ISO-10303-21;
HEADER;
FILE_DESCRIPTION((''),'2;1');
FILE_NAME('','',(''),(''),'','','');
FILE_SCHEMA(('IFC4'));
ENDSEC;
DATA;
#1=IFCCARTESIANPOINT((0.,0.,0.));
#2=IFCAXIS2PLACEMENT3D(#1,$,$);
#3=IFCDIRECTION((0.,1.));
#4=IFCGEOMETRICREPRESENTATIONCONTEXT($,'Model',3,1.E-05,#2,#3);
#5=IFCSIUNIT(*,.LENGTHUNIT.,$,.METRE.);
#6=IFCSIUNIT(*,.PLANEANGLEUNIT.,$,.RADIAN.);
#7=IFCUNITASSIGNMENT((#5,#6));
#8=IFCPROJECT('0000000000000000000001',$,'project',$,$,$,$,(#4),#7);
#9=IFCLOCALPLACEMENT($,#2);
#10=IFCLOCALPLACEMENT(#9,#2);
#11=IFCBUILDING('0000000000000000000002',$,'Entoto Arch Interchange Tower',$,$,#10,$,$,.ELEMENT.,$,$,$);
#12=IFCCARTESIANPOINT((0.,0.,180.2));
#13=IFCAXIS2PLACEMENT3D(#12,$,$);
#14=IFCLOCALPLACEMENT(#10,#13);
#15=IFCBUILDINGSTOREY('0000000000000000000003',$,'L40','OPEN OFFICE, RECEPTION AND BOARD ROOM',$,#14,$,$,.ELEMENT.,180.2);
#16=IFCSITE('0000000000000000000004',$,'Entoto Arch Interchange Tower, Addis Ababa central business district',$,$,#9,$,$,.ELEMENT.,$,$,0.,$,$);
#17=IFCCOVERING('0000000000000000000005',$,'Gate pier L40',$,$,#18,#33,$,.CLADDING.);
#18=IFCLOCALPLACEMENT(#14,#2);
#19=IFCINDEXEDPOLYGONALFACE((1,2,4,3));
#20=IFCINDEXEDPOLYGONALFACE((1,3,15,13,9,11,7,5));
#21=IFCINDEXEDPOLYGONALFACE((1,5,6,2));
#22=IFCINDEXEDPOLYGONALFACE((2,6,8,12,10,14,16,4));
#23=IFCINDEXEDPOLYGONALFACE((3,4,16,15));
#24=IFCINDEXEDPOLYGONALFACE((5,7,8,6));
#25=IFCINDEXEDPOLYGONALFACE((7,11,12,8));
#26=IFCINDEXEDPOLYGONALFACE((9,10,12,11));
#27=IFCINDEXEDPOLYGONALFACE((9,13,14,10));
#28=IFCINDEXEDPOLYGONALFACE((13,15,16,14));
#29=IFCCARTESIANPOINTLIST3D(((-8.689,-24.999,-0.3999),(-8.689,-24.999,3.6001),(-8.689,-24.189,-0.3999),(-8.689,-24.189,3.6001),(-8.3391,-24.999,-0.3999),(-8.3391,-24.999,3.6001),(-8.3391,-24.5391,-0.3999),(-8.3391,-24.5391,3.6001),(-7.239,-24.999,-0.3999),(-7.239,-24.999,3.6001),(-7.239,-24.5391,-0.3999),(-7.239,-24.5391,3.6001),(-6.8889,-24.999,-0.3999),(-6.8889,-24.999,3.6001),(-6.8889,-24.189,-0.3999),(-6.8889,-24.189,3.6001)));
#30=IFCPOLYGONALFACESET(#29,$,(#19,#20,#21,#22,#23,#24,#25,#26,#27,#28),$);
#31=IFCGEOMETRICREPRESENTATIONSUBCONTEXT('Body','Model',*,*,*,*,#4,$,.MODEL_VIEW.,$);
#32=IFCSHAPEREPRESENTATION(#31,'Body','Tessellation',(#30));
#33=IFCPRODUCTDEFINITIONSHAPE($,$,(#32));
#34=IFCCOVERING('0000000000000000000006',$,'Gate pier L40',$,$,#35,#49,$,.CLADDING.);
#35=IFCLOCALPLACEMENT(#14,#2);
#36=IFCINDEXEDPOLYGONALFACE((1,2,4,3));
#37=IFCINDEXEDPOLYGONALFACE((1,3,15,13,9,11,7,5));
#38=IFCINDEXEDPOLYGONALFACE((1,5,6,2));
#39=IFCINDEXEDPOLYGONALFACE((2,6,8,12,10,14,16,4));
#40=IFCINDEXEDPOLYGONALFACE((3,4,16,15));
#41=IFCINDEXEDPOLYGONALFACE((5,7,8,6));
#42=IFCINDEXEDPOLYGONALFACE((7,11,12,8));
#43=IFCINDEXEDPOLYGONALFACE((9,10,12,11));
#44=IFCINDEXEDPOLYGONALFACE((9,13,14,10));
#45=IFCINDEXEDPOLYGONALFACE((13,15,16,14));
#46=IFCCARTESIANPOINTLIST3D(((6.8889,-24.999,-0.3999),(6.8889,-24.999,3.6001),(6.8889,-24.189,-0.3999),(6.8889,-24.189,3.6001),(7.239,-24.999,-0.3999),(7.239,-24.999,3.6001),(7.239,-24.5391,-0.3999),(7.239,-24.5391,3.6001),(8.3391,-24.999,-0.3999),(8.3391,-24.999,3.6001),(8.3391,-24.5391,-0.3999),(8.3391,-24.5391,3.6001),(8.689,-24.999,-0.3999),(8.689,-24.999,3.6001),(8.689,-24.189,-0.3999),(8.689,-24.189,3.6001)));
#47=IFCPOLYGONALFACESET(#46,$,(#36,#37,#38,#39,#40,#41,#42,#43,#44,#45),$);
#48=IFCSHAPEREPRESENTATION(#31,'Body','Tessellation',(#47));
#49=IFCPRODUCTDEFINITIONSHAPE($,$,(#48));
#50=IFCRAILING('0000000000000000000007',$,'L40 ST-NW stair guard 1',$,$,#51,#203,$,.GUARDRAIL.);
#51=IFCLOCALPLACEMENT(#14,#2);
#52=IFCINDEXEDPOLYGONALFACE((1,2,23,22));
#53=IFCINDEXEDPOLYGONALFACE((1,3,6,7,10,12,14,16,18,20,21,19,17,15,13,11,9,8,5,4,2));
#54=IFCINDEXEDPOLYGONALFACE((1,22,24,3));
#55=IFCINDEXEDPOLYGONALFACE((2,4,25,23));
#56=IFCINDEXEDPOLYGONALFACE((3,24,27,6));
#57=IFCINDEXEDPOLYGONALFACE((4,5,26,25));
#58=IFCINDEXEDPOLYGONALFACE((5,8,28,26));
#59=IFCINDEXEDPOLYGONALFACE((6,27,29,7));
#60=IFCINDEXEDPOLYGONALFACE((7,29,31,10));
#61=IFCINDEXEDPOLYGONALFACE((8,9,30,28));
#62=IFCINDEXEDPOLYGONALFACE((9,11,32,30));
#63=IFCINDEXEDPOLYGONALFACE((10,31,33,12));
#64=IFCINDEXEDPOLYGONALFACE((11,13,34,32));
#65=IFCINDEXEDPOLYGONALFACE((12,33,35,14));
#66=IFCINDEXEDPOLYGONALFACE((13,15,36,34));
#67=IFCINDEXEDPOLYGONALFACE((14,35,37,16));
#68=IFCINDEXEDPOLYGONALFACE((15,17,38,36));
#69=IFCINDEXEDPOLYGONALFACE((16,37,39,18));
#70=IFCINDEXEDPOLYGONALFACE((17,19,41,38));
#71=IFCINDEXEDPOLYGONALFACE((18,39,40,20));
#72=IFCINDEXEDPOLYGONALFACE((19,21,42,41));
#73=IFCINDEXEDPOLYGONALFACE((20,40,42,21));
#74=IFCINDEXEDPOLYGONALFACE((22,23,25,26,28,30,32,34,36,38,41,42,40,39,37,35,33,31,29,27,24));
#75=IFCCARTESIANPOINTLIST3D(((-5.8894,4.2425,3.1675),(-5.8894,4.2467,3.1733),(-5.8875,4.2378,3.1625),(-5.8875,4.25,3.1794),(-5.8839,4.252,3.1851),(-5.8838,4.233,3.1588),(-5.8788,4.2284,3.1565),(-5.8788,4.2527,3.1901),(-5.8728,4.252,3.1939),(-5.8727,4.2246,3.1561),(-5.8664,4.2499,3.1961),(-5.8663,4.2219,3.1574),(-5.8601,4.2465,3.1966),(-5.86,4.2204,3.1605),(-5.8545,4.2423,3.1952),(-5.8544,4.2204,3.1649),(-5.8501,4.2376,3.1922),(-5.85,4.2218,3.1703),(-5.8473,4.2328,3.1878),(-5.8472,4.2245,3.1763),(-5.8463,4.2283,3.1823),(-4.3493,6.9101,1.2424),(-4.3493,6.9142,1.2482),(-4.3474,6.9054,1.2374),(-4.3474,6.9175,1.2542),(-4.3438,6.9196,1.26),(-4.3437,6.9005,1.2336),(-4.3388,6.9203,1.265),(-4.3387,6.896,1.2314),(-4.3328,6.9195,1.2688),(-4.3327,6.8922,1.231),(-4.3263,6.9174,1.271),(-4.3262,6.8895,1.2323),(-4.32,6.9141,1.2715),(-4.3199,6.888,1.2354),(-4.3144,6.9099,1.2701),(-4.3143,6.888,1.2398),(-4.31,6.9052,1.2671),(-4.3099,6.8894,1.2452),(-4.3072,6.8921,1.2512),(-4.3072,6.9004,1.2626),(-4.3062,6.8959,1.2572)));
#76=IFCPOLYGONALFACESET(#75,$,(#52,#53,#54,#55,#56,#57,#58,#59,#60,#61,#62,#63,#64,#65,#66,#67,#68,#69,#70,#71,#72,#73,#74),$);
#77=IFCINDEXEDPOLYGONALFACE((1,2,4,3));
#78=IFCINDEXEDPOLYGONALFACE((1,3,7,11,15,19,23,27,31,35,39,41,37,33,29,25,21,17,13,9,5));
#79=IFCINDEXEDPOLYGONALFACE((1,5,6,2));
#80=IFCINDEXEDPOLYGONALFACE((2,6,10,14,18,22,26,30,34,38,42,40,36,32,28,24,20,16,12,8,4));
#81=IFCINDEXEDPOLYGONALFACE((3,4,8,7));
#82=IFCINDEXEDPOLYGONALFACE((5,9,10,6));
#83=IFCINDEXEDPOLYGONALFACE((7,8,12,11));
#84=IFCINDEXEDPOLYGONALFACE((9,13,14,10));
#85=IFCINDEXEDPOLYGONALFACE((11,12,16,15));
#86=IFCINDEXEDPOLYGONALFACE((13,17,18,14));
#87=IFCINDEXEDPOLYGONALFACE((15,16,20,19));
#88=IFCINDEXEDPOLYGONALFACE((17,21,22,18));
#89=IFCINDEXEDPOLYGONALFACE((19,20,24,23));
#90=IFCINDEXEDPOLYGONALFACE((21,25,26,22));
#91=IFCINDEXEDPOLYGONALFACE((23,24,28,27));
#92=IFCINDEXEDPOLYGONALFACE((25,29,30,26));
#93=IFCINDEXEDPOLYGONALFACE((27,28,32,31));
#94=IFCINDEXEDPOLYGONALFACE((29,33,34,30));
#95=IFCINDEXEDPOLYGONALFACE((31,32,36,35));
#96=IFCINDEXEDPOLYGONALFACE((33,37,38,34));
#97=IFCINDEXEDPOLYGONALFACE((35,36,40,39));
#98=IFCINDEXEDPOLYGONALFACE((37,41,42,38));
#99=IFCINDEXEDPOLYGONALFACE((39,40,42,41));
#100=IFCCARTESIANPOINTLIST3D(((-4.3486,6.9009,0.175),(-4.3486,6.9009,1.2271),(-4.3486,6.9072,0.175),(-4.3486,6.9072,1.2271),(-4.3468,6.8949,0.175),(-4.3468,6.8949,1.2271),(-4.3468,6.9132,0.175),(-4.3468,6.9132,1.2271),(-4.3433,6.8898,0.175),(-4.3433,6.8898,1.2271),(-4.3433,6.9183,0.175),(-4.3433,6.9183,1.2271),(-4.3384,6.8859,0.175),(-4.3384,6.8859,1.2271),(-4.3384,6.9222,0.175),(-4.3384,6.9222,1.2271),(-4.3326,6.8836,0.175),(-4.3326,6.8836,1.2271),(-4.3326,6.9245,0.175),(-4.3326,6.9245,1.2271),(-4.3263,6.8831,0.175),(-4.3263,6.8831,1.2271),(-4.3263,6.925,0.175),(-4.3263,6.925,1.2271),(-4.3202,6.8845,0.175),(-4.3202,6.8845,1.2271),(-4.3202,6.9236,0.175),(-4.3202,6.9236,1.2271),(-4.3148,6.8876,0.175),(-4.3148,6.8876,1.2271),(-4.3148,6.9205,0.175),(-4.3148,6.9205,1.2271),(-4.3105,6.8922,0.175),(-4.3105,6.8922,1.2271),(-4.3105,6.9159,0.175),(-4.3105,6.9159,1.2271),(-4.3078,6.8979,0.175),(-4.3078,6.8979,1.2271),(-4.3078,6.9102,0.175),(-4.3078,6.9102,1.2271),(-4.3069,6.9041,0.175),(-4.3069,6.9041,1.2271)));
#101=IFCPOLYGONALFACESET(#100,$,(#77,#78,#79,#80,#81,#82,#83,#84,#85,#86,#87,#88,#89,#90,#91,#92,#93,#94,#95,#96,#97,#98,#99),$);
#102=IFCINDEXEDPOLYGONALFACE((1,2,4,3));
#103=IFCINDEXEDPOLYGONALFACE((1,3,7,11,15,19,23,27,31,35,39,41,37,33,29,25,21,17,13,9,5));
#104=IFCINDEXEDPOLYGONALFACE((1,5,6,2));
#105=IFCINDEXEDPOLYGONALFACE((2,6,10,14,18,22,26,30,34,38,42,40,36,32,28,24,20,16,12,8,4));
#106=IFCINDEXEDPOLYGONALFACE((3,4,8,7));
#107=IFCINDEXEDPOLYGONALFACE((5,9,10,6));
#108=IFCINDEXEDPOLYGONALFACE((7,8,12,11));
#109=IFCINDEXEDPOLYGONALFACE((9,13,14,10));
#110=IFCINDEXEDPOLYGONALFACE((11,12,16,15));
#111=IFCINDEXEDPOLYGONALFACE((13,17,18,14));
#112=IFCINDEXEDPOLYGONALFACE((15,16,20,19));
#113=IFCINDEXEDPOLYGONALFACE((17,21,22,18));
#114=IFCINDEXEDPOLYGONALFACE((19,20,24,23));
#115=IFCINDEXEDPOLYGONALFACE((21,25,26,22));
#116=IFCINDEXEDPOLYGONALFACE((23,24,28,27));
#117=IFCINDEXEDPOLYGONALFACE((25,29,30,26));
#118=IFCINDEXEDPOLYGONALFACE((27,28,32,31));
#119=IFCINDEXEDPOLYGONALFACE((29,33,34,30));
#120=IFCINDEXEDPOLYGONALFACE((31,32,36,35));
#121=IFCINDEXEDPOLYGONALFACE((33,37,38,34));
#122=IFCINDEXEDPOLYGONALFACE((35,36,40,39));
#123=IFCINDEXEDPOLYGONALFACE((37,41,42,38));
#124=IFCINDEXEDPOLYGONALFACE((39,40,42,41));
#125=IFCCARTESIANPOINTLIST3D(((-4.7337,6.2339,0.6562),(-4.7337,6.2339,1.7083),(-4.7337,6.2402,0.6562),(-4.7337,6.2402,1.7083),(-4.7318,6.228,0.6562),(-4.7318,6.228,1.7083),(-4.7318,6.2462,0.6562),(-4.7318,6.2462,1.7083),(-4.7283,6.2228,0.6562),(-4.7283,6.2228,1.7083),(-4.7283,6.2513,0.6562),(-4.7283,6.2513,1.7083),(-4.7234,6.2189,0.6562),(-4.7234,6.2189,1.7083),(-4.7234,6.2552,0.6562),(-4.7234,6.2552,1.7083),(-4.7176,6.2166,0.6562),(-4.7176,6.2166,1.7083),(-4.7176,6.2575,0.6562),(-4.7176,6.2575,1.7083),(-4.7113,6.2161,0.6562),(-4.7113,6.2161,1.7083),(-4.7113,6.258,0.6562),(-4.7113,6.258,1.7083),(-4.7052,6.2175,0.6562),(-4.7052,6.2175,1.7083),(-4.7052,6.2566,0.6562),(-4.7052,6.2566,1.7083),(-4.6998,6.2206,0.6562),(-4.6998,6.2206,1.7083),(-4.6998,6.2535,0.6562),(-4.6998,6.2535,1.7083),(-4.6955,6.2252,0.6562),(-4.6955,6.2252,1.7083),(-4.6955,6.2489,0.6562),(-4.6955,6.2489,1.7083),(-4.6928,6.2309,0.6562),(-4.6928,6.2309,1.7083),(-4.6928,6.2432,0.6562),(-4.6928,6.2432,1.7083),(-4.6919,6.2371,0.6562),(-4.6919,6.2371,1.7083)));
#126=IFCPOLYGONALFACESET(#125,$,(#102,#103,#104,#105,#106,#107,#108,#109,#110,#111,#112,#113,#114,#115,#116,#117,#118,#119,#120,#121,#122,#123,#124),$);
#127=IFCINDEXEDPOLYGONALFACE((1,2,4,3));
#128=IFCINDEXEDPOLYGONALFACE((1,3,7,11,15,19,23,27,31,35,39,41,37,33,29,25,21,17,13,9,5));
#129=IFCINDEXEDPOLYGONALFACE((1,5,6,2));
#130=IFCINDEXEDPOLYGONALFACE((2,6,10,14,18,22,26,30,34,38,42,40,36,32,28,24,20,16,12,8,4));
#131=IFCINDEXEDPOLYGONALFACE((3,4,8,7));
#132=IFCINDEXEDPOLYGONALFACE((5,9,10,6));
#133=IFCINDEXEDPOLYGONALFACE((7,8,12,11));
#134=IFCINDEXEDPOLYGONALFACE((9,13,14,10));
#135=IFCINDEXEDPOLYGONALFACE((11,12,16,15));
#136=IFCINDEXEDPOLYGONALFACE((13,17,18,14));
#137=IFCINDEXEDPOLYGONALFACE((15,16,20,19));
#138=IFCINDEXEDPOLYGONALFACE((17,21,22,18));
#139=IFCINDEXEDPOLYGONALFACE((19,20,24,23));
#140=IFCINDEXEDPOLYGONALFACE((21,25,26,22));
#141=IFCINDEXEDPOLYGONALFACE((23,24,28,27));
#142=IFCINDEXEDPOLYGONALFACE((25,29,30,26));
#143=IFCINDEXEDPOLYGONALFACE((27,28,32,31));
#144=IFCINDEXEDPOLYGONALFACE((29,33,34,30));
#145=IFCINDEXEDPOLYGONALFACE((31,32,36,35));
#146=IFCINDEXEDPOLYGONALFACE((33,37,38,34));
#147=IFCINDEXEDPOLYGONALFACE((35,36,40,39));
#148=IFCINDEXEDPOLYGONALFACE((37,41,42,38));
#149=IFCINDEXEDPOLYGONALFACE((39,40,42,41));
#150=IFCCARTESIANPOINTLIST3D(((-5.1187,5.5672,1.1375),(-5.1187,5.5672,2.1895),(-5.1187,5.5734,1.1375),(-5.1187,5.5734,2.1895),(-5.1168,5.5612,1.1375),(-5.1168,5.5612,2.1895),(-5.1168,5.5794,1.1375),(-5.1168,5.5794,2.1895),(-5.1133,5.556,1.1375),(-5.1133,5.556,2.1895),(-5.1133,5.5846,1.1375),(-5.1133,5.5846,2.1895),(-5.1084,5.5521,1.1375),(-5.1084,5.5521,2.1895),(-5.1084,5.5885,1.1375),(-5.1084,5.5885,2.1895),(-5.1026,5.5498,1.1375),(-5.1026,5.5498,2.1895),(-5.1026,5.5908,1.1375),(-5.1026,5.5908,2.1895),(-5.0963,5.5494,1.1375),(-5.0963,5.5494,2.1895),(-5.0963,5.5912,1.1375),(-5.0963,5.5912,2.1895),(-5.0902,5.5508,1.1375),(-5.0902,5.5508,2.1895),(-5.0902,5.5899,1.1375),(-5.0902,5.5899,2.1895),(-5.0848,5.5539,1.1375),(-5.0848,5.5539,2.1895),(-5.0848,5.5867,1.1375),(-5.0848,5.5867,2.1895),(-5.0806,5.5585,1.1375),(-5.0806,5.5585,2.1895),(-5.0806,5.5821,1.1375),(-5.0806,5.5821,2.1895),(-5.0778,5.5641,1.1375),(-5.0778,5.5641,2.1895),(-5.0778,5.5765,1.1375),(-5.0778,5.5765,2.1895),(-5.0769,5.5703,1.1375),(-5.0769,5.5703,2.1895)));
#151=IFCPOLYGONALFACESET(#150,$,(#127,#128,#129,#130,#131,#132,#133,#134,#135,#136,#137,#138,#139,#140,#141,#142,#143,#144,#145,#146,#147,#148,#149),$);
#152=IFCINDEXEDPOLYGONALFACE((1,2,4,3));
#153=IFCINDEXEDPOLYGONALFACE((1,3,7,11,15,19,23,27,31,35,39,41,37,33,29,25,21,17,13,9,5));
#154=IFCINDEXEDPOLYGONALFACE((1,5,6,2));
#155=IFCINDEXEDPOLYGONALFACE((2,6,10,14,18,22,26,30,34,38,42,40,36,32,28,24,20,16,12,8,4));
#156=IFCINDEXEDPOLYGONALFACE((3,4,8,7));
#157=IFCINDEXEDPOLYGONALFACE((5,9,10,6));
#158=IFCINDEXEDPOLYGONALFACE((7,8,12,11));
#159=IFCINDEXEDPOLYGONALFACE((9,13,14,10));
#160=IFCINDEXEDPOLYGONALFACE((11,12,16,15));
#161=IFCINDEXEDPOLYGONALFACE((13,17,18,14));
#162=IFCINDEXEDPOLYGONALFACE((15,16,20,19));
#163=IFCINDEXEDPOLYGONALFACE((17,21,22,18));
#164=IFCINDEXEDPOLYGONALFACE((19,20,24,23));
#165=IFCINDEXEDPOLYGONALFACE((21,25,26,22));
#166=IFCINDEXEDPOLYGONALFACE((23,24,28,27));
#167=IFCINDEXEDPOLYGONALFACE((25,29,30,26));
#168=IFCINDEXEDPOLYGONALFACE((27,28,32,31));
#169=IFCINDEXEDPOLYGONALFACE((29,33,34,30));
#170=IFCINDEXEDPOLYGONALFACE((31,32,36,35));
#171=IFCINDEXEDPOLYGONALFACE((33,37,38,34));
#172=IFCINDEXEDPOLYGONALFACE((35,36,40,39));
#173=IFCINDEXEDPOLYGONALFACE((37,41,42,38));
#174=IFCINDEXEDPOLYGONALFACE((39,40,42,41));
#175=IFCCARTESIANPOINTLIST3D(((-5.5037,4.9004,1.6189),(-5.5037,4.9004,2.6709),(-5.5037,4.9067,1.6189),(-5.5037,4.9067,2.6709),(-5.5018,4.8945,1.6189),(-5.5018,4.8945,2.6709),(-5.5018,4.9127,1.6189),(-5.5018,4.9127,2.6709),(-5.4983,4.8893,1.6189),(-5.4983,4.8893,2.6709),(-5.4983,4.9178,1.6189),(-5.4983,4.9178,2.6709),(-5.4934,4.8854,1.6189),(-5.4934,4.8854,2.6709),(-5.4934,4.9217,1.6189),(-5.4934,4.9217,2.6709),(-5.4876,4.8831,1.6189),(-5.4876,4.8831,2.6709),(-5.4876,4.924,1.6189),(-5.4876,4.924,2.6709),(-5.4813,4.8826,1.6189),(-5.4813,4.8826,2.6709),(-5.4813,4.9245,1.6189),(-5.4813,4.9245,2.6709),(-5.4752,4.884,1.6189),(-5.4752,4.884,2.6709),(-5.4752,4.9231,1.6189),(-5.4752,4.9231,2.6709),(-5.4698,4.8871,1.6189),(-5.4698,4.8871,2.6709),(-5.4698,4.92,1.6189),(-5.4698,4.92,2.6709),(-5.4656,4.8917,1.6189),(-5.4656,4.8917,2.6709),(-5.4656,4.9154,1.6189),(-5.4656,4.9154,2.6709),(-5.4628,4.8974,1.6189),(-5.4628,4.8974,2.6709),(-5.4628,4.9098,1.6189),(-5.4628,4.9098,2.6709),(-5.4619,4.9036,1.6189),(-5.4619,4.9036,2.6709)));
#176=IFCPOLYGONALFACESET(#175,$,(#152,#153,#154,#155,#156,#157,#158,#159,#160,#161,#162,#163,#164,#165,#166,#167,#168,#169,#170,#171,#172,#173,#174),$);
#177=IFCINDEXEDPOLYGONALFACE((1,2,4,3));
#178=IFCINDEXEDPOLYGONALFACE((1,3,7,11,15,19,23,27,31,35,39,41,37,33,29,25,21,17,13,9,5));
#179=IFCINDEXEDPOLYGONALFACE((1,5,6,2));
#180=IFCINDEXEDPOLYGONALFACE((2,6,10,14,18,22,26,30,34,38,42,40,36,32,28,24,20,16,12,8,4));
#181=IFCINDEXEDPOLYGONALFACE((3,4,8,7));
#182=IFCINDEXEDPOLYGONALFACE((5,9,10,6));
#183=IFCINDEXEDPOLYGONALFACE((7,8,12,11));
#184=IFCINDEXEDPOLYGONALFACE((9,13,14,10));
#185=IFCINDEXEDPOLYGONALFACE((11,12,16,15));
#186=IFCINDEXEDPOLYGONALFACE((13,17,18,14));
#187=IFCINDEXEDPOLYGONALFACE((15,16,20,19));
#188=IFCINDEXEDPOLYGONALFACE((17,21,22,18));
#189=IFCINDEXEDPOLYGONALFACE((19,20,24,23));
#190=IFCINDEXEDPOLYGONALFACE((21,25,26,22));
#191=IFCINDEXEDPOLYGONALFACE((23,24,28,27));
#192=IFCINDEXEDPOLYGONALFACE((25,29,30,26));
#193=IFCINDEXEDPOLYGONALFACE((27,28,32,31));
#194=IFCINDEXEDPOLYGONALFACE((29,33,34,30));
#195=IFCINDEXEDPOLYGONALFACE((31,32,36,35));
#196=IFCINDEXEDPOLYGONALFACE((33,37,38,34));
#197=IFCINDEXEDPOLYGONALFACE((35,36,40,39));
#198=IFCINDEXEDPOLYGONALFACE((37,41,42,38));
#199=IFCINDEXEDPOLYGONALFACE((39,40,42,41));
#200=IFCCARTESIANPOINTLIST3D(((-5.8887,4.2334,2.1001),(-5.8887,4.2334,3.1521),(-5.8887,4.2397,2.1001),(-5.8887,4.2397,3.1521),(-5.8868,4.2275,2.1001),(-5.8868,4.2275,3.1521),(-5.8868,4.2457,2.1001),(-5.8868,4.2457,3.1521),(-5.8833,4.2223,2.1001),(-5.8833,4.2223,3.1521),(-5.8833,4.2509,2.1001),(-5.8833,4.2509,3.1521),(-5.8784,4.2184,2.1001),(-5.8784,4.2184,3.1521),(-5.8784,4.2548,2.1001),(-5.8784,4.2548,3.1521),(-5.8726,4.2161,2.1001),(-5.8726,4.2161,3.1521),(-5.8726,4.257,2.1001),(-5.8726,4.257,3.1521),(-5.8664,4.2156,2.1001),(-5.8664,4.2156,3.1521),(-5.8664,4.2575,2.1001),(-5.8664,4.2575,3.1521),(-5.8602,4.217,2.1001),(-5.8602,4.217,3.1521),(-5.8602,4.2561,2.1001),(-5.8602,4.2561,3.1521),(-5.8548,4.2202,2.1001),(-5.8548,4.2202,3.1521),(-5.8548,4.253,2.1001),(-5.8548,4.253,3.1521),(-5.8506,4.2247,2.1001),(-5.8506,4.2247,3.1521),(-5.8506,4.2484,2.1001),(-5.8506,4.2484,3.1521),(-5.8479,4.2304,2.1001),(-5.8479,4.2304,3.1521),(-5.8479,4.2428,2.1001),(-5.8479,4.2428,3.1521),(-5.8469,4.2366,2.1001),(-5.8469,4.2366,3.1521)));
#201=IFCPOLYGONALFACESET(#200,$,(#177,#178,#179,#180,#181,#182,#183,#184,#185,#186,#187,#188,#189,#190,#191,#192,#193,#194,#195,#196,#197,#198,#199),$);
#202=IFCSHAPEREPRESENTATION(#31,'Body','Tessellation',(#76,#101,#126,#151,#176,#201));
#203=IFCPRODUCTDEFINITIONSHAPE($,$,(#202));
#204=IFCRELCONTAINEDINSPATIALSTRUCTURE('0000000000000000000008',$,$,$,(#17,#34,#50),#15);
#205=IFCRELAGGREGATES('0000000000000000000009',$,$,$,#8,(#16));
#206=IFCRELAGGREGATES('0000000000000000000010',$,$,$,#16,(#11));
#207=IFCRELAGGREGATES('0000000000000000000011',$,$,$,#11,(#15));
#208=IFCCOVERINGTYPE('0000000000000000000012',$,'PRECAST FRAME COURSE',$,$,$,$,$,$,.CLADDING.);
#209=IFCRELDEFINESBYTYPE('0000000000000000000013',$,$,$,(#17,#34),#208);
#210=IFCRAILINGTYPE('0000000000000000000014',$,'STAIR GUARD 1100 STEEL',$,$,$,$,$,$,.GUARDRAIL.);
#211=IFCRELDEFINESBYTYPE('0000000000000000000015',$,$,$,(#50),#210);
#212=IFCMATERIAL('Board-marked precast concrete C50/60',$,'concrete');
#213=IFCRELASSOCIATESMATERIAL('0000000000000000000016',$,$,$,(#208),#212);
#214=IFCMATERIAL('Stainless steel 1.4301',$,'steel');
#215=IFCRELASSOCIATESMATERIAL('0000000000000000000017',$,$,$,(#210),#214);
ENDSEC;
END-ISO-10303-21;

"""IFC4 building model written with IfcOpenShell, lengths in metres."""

from ifc_helpers import new_model, si_unit, direction, frame, origin, origin_2d, place, context, subcontext, project, spatial, polyline, circle, outline, extrude, material, type_object, element, save


model = new_model("IFC4")

# Units and contexts
model_context = context("Model", 3, precision=1e-05, world=origin(), true_north=direction((0.0, 1.0)))
body_context = subcontext(model_context, "Body", "Model", "MODEL_VIEW")
ifc_project = project(units=[si_unit("LENGTHUNIT", "METRE"), si_unit("PLANEANGLEUNIT", "RADIAN")], contexts=[model_context])

# Site, building, storey
site_placement = place(None, origin())
site = spatial("IfcSite", under=ifc_project, at=site_placement, Name="Entoto Arch Interchange Tower, Addis Ababa central business district", CompositionType="ELEMENT", RefElevation=0.0)
building_placement = place(site_placement, origin())
building = spatial("IfcBuilding", under=site, at=building_placement, Name="Entoto Arch Interchange Tower", CompositionType="ELEMENT")
storey_placement = place(building_placement, frame((0.0, 0.0, 180.2)))
storey = spatial("IfcBuildingStorey", under=building, at=storey_placement, Name="L40", Description="OPEN OFFICE, RECEPTION AND BOARD ROOM", CompositionType="ELEMENT", Elevation=180.2)

# Shared definitions
ifc_material_1 = material(Name="Board-marked precast concrete C50/60", Category="concrete")

# Coverings
covering_type = type_object("IfcCoveringType", Name="PRECAST FRAME COURSE", PredefinedType="CLADDING", material=ifc_material_1)
covering_1_placement = place(storey_placement, frame((0.0, 0.0, -0.3999)))
element("IfcCovering", 1, at=covering_1_placement, inside=storey, type_object=covering_type, Name="Gate pier L40", PredefinedType="CLADDING", context=body_context, shape_type="SweptSolid", body=[
    extrude(outline(polyline([(-8.689, -24.189), (-6.8889, -24.189), (-6.8889, -24.999), (-7.239, -24.999), (-7.239, -24.5391), (-8.3391, -24.5391), (-8.3391, -24.999), (-8.689, -24.999), (-8.689, -24.189)])), origin(), (0.0, 0.0, 1.0), 4.0),
])
covering_2_placement = place(storey_placement, frame((0.0, 0.0, -0.3999)))
element("IfcCovering", 2, at=covering_2_placement, inside=storey, type_object=covering_type, Name="Gate pier L40", PredefinedType="CLADDING", context=body_context, shape_type="SweptSolid", body=[
    extrude(outline(polyline([(6.8889, -24.189), (8.689, -24.189), (8.689, -24.999), (8.3391, -24.999), (8.3391, -24.5391), (7.239, -24.5391), (7.239, -24.999), (6.8889, -24.999), (6.8889, -24.189)])), origin(), (0.0, 0.0, 1.0), 4.0),
])

# Railing
ifc_material_2 = material(Name="Stainless steel 1.4301", Category="steel")
railing_type_1 = type_object("IfcRailingType", Name="STAIR GUARD 1100 STEEL", PredefinedType="GUARDRAIL", material=ifc_material_2)
railing_1_placement = place(storey_placement, frame((-4.3279, 6.9041, 0.175)))
element("IfcRailing", 3, at=railing_1_placement, inside=storey, type_object=railing_type_1, Name="L40 ST-NW stair guard 1", PredefinedType="GUARDRAIL", context=body_context, shape_type="SweptSolid", body=[
    extrude(circle(Radius=0.0239, at=origin_2d()), frame((0.0, 0.0, 1.0762), z_axis=(-0.423994, -0.734395, 0.529993), x_axis=(0.86603, -0.499992, 0.0)), (0.0, 0.0, 1.0), 3.6323),
    extrude(circle(Radius=0.021, at=origin_2d()), origin(), (0.0, 0.0, 1.0), 1.052),
    extrude(circle(Radius=0.021, at=origin_2d()), frame((-0.385, -0.667, 0.4812)), (0.0, 0.0, 1.0), 1.052),
    extrude(circle(Radius=0.021, at=origin_2d()), frame((-0.77, -1.3337, 0.9624)), (0.0, 0.0, 1.0), 1.052),
    extrude(circle(Radius=0.021, at=origin_2d()), frame((-1.155, -2.0005, 1.4438)), (0.0, 0.0, 1.0), 1.052),
    extrude(circle(Radius=0.021, at=origin_2d()), frame((-1.54, -2.6675, 1.925)), (0.0, 0.0, 1.0), 1.052),
])

save(model, "model.ifc")
